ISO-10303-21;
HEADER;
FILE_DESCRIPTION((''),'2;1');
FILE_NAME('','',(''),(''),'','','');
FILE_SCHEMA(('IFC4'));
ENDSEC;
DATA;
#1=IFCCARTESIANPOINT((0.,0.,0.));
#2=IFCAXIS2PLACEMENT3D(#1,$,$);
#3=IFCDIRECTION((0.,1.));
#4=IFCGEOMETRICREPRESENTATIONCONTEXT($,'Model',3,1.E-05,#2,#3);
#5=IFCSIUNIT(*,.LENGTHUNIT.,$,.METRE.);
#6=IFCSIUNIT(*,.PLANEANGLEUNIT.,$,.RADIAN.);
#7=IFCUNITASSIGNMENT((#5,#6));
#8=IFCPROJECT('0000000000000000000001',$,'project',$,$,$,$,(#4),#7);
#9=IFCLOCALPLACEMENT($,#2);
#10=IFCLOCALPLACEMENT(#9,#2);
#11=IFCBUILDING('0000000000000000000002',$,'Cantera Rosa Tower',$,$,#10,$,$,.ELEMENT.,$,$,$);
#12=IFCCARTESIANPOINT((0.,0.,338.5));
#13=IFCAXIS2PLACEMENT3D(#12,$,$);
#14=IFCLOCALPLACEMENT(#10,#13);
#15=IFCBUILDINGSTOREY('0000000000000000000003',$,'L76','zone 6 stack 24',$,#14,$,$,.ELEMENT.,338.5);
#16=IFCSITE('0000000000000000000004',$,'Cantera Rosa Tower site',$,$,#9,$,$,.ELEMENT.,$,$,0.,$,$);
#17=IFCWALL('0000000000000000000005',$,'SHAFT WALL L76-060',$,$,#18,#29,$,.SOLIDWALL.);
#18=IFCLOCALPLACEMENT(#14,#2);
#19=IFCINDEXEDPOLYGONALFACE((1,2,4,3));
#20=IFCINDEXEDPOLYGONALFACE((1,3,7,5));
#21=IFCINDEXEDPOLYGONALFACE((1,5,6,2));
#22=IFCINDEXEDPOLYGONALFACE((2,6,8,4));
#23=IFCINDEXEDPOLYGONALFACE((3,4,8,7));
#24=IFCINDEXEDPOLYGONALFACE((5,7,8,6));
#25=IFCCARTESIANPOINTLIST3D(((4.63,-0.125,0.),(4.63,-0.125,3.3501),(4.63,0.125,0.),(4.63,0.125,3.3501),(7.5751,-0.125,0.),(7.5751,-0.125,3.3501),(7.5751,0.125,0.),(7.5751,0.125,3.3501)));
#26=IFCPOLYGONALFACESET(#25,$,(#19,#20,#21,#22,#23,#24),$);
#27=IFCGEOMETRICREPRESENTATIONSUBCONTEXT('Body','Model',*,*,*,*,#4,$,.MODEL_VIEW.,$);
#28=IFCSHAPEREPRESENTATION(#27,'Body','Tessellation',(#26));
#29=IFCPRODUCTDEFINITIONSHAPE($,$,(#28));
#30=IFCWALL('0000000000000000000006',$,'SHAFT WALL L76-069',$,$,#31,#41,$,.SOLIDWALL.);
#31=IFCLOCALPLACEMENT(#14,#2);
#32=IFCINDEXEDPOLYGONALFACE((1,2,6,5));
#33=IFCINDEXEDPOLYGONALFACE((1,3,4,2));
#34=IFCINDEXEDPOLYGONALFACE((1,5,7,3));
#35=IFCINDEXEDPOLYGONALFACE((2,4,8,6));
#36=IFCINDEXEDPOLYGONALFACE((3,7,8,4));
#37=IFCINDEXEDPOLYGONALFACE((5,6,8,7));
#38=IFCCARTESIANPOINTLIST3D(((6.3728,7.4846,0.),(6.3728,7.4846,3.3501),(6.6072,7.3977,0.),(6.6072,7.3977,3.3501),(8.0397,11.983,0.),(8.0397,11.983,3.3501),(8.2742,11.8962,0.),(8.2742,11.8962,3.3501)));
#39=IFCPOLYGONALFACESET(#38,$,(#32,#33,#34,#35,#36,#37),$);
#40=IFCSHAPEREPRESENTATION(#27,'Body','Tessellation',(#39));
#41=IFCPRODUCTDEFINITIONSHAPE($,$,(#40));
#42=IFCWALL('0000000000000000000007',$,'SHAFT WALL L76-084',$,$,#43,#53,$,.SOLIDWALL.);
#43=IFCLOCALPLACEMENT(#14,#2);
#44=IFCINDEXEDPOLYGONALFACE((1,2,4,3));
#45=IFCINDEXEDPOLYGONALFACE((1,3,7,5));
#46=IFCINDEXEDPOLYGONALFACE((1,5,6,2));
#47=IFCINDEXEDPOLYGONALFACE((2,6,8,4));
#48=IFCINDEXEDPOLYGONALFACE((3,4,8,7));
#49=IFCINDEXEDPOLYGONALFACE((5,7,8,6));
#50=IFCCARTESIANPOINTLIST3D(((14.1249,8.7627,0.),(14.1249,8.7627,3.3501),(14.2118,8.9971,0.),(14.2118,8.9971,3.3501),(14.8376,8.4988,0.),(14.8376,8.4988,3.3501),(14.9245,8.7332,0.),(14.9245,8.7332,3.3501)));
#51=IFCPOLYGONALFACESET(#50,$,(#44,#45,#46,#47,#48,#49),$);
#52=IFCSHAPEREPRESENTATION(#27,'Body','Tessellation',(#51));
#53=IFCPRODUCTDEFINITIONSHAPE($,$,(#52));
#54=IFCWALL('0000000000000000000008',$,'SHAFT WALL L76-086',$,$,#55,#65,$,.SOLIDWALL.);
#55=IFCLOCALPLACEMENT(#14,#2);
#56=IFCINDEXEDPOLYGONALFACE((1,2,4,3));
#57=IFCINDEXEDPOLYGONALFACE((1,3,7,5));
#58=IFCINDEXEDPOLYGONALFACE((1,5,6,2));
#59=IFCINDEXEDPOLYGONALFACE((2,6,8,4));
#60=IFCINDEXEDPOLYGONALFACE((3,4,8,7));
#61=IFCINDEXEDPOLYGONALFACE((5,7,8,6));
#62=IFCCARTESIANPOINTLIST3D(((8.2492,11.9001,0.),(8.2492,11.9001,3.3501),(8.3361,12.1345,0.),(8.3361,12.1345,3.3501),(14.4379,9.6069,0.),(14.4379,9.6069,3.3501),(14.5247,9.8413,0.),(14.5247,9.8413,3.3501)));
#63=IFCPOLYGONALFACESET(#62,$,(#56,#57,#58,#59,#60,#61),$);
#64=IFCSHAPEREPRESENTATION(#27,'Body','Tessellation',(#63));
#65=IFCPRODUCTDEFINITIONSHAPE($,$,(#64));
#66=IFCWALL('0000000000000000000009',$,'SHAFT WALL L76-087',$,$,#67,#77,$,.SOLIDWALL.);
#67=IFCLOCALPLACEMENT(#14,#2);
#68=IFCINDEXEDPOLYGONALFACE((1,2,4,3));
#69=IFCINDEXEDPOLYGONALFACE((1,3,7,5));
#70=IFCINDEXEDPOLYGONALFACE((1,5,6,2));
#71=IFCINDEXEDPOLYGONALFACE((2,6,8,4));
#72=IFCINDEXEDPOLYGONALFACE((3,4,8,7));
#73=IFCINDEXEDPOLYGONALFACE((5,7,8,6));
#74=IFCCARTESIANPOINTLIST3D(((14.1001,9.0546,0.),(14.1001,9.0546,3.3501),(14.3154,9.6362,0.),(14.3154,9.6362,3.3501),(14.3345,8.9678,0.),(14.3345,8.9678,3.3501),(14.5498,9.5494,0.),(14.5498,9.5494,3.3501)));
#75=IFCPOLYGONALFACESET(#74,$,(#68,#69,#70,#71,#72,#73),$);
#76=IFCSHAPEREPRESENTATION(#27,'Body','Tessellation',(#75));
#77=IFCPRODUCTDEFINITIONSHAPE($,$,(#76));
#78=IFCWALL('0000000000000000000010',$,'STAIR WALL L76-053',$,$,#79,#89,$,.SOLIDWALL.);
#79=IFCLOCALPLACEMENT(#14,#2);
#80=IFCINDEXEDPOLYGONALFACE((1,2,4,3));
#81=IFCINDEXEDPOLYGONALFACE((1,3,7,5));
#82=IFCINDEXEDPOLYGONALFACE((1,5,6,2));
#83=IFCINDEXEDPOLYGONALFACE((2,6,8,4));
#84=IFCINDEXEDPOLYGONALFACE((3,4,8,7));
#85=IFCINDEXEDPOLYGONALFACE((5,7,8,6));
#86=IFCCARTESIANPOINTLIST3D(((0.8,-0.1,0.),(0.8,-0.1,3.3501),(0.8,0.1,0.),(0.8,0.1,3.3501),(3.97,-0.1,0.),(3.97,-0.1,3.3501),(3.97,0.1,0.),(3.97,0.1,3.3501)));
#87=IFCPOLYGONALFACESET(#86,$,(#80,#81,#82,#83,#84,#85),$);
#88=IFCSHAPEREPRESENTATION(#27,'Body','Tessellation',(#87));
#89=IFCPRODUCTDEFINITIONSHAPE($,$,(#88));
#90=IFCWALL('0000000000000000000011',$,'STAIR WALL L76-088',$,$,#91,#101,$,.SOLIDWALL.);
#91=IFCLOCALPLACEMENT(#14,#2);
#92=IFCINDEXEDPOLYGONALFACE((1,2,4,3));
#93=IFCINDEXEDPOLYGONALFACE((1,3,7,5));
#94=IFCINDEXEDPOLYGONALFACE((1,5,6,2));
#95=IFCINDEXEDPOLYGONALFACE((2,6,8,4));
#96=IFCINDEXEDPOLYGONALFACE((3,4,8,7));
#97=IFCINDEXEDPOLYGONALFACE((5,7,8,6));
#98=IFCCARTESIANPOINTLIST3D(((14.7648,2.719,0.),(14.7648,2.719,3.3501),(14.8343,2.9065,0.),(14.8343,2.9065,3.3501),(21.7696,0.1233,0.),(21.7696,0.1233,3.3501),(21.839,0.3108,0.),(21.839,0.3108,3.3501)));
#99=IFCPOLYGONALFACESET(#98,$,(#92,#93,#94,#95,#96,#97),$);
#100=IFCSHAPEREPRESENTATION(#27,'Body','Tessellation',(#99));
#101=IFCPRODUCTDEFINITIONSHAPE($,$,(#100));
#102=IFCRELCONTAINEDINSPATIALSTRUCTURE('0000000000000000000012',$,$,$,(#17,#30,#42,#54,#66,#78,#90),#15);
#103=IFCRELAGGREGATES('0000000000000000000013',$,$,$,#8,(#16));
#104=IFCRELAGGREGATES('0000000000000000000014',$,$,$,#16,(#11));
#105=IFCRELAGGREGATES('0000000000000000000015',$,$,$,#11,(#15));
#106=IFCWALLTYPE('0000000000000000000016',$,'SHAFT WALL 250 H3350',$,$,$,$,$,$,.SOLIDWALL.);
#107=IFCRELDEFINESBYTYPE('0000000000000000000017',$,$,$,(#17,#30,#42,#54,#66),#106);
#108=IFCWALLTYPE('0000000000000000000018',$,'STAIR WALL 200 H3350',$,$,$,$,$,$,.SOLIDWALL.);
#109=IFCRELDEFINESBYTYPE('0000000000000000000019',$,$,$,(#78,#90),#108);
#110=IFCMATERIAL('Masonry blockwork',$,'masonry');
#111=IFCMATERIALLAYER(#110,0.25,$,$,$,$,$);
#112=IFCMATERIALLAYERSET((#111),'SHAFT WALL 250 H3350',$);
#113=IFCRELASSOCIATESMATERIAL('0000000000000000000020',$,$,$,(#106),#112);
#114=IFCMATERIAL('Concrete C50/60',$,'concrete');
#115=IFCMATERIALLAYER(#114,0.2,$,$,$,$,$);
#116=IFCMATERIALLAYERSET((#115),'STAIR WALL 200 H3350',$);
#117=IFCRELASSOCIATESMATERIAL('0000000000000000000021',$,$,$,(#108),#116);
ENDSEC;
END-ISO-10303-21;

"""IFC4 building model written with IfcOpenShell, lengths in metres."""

from ifc_helpers import new_model, si_unit, direction, frame, frame_2d, origin, place, context, subcontext, project, spatial, rectangle, extrude, material, layer, layer_set, type_object, element, save


model = new_model("IFC4")

# Units and contexts
model_context = context("Model", 3, precision=1e-05, world=origin(), true_north=direction((0.0, 1.0)))
body_context = subcontext(model_context, "Body", "Model", "MODEL_VIEW")
ifc_project = project(units=[si_unit("LENGTHUNIT", "METRE"), si_unit("PLANEANGLEUNIT", "RADIAN")], contexts=[model_context])

# Site, building, storey
site_placement = place(None, origin())
site = spatial("IfcSite", under=ifc_project, at=site_placement, Name="Cantera Rosa Tower site", CompositionType="ELEMENT", RefElevation=0.0)
building_placement = place(site_placement, origin())
building = spatial("IfcBuilding", under=site, at=building_placement, Name="Cantera Rosa Tower", CompositionType="ELEMENT")
storey_placement = place(building_placement, frame((0.0, 0.0, 338.5)))
storey = spatial("IfcBuildingStorey", under=building, at=storey_placement, Name="L76", Description="zone 6 stack 24", CompositionType="ELEMENT", Elevation=338.5)

# Walls
ifc_material_1 = material(Name="Masonry blockwork", Category="masonry")
ifc_layer_1 = layer(ifc_material_1, 0.25)
ifc_layer_set_1 = layer_set([ifc_layer_1], Name="SHAFT WALL 250 H3350")
wall_type_1 = type_object("IfcWallType", Name="SHAFT WALL 250 H3350", PredefinedType="SOLIDWALL", material=ifc_layer_set_1)
wall_1_placement = place(storey_placement, frame((4.6299, 0.0, 0.0), z_axis=(0.0, 0.0, 1.0), x_axis=(1.0, 0.0, 0.0)))
element("IfcWall", 1, at=wall_1_placement, inside=storey, type_object=wall_type_1, Name="SHAFT WALL L76-060", PredefinedType="SOLIDWALL", context=body_context, shape_type="SweptSolid", body=[
    extrude(rectangle(XDim=2.9451, YDim=0.25, at=frame_2d((1.4727, 0.0))), origin(), (0.0, 0.0, 1.0), 3.3501),
])
wall_2_placement = place(storey_placement, frame((6.49, 7.4412, 0.0), z_axis=(0.0, 0.0, 1.0), x_axis=(0.347473, 0.93769, 0.0)))
element("IfcWall", 2, at=wall_2_placement, inside=storey, type_object=wall_type_1, Name="SHAFT WALL L76-069", PredefinedType="SOLIDWALL", context=body_context, shape_type="SweptSolid", body=[
    extrude(rectangle(XDim=4.7974, YDim=0.25, at=frame_2d((2.3987, 0.0))), origin(), (0.0, 0.0, 1.0), 3.3501),
])
wall_3_placement = place(storey_placement, frame((14.1685, 8.8799, 0.0), z_axis=(0.0, 0.0, 1.0), x_axis=(0.93776, -0.347283, 0.0)))
element("IfcWall", 3, at=wall_3_placement, inside=storey, type_object=wall_type_1, Name="SHAFT WALL L76-084", PredefinedType="SOLIDWALL", context=body_context, shape_type="SweptSolid", body=[
    extrude(rectangle(XDim=0.76, YDim=0.25, at=frame_2d((0.3799, 0.0))), origin(), (0.0, 0.0, 1.0), 3.3501),
])
wall_4_placement = place(storey_placement, frame((14.4812, 9.7241, 0.0), z_axis=(0.0, 0.0, 1.0), x_axis=(-0.937695, 0.34746, 0.0)))
element("IfcWall", 4, at=wall_4_placement, inside=storey, type_object=wall_type_1, Name="SHAFT WALL L76-086", PredefinedType="SOLIDWALL", context=body_context, shape_type="SweptSolid", body=[
    extrude(rectangle(XDim=6.5999, YDim=0.25, at=frame_2d((3.2998, 0.0))), origin(), (0.0, 0.0, 1.0), 3.3501),
])
wall_5_placement = place(storey_placement, frame((14.4326, 9.5928, 0.0), z_axis=(0.0, 0.0, 1.0), x_axis=(-0.347237, -0.937777, 0.0)))
element("IfcWall", 5, at=wall_5_placement, inside=storey, type_object=wall_type_1, Name="SHAFT WALL L76-087", PredefinedType="SOLIDWALL", context=body_context, shape_type="SweptSolid", body=[
    extrude(rectangle(XDim=0.6201, YDim=0.25, at=frame_2d((0.3101, 0.0))), origin(), (0.0, 0.0, 1.0), 3.3501),
])
ifc_material_2 = material(Name="Concrete C50/60", Category="concrete")
ifc_layer_2 = layer(ifc_material_2, 0.2)
ifc_layer_set_2 = layer_set([ifc_layer_2], Name="STAIR WALL 200 H3350")
wall_type_2 = type_object("IfcWallType", Name="STAIR WALL 200 H3350", PredefinedType="SOLIDWALL", material=ifc_layer_set_2)
wall_6_placement = place(storey_placement, frame((0.8, 0.0, 0.0), z_axis=(0.0, 0.0, 1.0), x_axis=(1.0, 0.0, 0.0)))
element("IfcWall", 6, at=wall_6_placement, inside=storey, type_object=wall_type_2, Name="STAIR WALL L76-053", PredefinedType="SOLIDWALL", context=body_context, shape_type="SweptSolid", body=[
    extrude(rectangle(XDim=3.1699, YDim=0.2, at=frame_2d((1.585, 0.0))), origin(), (0.0, 0.0, 1.0), 3.3501),
])
wall_7_placement = place(storey_placement, frame((14.7996, 2.8127, 0.0), z_axis=(0.0, 0.0, 1.0), x_axis=(0.937688, -0.347478, 0.0)))
element("IfcWall", 7, at=wall_7_placement, inside=storey, type_object=wall_type_2, Name="STAIR WALL L76-088", PredefinedType="SOLIDWALL", context=body_context, shape_type="SweptSolid", body=[
    extrude(rectangle(XDim=7.4702, YDim=0.2, at=frame_2d((3.7351, 0.0))), origin(), (0.0, 0.0, 1.0), 3.3501),
])

save(model, "model.ifc")
